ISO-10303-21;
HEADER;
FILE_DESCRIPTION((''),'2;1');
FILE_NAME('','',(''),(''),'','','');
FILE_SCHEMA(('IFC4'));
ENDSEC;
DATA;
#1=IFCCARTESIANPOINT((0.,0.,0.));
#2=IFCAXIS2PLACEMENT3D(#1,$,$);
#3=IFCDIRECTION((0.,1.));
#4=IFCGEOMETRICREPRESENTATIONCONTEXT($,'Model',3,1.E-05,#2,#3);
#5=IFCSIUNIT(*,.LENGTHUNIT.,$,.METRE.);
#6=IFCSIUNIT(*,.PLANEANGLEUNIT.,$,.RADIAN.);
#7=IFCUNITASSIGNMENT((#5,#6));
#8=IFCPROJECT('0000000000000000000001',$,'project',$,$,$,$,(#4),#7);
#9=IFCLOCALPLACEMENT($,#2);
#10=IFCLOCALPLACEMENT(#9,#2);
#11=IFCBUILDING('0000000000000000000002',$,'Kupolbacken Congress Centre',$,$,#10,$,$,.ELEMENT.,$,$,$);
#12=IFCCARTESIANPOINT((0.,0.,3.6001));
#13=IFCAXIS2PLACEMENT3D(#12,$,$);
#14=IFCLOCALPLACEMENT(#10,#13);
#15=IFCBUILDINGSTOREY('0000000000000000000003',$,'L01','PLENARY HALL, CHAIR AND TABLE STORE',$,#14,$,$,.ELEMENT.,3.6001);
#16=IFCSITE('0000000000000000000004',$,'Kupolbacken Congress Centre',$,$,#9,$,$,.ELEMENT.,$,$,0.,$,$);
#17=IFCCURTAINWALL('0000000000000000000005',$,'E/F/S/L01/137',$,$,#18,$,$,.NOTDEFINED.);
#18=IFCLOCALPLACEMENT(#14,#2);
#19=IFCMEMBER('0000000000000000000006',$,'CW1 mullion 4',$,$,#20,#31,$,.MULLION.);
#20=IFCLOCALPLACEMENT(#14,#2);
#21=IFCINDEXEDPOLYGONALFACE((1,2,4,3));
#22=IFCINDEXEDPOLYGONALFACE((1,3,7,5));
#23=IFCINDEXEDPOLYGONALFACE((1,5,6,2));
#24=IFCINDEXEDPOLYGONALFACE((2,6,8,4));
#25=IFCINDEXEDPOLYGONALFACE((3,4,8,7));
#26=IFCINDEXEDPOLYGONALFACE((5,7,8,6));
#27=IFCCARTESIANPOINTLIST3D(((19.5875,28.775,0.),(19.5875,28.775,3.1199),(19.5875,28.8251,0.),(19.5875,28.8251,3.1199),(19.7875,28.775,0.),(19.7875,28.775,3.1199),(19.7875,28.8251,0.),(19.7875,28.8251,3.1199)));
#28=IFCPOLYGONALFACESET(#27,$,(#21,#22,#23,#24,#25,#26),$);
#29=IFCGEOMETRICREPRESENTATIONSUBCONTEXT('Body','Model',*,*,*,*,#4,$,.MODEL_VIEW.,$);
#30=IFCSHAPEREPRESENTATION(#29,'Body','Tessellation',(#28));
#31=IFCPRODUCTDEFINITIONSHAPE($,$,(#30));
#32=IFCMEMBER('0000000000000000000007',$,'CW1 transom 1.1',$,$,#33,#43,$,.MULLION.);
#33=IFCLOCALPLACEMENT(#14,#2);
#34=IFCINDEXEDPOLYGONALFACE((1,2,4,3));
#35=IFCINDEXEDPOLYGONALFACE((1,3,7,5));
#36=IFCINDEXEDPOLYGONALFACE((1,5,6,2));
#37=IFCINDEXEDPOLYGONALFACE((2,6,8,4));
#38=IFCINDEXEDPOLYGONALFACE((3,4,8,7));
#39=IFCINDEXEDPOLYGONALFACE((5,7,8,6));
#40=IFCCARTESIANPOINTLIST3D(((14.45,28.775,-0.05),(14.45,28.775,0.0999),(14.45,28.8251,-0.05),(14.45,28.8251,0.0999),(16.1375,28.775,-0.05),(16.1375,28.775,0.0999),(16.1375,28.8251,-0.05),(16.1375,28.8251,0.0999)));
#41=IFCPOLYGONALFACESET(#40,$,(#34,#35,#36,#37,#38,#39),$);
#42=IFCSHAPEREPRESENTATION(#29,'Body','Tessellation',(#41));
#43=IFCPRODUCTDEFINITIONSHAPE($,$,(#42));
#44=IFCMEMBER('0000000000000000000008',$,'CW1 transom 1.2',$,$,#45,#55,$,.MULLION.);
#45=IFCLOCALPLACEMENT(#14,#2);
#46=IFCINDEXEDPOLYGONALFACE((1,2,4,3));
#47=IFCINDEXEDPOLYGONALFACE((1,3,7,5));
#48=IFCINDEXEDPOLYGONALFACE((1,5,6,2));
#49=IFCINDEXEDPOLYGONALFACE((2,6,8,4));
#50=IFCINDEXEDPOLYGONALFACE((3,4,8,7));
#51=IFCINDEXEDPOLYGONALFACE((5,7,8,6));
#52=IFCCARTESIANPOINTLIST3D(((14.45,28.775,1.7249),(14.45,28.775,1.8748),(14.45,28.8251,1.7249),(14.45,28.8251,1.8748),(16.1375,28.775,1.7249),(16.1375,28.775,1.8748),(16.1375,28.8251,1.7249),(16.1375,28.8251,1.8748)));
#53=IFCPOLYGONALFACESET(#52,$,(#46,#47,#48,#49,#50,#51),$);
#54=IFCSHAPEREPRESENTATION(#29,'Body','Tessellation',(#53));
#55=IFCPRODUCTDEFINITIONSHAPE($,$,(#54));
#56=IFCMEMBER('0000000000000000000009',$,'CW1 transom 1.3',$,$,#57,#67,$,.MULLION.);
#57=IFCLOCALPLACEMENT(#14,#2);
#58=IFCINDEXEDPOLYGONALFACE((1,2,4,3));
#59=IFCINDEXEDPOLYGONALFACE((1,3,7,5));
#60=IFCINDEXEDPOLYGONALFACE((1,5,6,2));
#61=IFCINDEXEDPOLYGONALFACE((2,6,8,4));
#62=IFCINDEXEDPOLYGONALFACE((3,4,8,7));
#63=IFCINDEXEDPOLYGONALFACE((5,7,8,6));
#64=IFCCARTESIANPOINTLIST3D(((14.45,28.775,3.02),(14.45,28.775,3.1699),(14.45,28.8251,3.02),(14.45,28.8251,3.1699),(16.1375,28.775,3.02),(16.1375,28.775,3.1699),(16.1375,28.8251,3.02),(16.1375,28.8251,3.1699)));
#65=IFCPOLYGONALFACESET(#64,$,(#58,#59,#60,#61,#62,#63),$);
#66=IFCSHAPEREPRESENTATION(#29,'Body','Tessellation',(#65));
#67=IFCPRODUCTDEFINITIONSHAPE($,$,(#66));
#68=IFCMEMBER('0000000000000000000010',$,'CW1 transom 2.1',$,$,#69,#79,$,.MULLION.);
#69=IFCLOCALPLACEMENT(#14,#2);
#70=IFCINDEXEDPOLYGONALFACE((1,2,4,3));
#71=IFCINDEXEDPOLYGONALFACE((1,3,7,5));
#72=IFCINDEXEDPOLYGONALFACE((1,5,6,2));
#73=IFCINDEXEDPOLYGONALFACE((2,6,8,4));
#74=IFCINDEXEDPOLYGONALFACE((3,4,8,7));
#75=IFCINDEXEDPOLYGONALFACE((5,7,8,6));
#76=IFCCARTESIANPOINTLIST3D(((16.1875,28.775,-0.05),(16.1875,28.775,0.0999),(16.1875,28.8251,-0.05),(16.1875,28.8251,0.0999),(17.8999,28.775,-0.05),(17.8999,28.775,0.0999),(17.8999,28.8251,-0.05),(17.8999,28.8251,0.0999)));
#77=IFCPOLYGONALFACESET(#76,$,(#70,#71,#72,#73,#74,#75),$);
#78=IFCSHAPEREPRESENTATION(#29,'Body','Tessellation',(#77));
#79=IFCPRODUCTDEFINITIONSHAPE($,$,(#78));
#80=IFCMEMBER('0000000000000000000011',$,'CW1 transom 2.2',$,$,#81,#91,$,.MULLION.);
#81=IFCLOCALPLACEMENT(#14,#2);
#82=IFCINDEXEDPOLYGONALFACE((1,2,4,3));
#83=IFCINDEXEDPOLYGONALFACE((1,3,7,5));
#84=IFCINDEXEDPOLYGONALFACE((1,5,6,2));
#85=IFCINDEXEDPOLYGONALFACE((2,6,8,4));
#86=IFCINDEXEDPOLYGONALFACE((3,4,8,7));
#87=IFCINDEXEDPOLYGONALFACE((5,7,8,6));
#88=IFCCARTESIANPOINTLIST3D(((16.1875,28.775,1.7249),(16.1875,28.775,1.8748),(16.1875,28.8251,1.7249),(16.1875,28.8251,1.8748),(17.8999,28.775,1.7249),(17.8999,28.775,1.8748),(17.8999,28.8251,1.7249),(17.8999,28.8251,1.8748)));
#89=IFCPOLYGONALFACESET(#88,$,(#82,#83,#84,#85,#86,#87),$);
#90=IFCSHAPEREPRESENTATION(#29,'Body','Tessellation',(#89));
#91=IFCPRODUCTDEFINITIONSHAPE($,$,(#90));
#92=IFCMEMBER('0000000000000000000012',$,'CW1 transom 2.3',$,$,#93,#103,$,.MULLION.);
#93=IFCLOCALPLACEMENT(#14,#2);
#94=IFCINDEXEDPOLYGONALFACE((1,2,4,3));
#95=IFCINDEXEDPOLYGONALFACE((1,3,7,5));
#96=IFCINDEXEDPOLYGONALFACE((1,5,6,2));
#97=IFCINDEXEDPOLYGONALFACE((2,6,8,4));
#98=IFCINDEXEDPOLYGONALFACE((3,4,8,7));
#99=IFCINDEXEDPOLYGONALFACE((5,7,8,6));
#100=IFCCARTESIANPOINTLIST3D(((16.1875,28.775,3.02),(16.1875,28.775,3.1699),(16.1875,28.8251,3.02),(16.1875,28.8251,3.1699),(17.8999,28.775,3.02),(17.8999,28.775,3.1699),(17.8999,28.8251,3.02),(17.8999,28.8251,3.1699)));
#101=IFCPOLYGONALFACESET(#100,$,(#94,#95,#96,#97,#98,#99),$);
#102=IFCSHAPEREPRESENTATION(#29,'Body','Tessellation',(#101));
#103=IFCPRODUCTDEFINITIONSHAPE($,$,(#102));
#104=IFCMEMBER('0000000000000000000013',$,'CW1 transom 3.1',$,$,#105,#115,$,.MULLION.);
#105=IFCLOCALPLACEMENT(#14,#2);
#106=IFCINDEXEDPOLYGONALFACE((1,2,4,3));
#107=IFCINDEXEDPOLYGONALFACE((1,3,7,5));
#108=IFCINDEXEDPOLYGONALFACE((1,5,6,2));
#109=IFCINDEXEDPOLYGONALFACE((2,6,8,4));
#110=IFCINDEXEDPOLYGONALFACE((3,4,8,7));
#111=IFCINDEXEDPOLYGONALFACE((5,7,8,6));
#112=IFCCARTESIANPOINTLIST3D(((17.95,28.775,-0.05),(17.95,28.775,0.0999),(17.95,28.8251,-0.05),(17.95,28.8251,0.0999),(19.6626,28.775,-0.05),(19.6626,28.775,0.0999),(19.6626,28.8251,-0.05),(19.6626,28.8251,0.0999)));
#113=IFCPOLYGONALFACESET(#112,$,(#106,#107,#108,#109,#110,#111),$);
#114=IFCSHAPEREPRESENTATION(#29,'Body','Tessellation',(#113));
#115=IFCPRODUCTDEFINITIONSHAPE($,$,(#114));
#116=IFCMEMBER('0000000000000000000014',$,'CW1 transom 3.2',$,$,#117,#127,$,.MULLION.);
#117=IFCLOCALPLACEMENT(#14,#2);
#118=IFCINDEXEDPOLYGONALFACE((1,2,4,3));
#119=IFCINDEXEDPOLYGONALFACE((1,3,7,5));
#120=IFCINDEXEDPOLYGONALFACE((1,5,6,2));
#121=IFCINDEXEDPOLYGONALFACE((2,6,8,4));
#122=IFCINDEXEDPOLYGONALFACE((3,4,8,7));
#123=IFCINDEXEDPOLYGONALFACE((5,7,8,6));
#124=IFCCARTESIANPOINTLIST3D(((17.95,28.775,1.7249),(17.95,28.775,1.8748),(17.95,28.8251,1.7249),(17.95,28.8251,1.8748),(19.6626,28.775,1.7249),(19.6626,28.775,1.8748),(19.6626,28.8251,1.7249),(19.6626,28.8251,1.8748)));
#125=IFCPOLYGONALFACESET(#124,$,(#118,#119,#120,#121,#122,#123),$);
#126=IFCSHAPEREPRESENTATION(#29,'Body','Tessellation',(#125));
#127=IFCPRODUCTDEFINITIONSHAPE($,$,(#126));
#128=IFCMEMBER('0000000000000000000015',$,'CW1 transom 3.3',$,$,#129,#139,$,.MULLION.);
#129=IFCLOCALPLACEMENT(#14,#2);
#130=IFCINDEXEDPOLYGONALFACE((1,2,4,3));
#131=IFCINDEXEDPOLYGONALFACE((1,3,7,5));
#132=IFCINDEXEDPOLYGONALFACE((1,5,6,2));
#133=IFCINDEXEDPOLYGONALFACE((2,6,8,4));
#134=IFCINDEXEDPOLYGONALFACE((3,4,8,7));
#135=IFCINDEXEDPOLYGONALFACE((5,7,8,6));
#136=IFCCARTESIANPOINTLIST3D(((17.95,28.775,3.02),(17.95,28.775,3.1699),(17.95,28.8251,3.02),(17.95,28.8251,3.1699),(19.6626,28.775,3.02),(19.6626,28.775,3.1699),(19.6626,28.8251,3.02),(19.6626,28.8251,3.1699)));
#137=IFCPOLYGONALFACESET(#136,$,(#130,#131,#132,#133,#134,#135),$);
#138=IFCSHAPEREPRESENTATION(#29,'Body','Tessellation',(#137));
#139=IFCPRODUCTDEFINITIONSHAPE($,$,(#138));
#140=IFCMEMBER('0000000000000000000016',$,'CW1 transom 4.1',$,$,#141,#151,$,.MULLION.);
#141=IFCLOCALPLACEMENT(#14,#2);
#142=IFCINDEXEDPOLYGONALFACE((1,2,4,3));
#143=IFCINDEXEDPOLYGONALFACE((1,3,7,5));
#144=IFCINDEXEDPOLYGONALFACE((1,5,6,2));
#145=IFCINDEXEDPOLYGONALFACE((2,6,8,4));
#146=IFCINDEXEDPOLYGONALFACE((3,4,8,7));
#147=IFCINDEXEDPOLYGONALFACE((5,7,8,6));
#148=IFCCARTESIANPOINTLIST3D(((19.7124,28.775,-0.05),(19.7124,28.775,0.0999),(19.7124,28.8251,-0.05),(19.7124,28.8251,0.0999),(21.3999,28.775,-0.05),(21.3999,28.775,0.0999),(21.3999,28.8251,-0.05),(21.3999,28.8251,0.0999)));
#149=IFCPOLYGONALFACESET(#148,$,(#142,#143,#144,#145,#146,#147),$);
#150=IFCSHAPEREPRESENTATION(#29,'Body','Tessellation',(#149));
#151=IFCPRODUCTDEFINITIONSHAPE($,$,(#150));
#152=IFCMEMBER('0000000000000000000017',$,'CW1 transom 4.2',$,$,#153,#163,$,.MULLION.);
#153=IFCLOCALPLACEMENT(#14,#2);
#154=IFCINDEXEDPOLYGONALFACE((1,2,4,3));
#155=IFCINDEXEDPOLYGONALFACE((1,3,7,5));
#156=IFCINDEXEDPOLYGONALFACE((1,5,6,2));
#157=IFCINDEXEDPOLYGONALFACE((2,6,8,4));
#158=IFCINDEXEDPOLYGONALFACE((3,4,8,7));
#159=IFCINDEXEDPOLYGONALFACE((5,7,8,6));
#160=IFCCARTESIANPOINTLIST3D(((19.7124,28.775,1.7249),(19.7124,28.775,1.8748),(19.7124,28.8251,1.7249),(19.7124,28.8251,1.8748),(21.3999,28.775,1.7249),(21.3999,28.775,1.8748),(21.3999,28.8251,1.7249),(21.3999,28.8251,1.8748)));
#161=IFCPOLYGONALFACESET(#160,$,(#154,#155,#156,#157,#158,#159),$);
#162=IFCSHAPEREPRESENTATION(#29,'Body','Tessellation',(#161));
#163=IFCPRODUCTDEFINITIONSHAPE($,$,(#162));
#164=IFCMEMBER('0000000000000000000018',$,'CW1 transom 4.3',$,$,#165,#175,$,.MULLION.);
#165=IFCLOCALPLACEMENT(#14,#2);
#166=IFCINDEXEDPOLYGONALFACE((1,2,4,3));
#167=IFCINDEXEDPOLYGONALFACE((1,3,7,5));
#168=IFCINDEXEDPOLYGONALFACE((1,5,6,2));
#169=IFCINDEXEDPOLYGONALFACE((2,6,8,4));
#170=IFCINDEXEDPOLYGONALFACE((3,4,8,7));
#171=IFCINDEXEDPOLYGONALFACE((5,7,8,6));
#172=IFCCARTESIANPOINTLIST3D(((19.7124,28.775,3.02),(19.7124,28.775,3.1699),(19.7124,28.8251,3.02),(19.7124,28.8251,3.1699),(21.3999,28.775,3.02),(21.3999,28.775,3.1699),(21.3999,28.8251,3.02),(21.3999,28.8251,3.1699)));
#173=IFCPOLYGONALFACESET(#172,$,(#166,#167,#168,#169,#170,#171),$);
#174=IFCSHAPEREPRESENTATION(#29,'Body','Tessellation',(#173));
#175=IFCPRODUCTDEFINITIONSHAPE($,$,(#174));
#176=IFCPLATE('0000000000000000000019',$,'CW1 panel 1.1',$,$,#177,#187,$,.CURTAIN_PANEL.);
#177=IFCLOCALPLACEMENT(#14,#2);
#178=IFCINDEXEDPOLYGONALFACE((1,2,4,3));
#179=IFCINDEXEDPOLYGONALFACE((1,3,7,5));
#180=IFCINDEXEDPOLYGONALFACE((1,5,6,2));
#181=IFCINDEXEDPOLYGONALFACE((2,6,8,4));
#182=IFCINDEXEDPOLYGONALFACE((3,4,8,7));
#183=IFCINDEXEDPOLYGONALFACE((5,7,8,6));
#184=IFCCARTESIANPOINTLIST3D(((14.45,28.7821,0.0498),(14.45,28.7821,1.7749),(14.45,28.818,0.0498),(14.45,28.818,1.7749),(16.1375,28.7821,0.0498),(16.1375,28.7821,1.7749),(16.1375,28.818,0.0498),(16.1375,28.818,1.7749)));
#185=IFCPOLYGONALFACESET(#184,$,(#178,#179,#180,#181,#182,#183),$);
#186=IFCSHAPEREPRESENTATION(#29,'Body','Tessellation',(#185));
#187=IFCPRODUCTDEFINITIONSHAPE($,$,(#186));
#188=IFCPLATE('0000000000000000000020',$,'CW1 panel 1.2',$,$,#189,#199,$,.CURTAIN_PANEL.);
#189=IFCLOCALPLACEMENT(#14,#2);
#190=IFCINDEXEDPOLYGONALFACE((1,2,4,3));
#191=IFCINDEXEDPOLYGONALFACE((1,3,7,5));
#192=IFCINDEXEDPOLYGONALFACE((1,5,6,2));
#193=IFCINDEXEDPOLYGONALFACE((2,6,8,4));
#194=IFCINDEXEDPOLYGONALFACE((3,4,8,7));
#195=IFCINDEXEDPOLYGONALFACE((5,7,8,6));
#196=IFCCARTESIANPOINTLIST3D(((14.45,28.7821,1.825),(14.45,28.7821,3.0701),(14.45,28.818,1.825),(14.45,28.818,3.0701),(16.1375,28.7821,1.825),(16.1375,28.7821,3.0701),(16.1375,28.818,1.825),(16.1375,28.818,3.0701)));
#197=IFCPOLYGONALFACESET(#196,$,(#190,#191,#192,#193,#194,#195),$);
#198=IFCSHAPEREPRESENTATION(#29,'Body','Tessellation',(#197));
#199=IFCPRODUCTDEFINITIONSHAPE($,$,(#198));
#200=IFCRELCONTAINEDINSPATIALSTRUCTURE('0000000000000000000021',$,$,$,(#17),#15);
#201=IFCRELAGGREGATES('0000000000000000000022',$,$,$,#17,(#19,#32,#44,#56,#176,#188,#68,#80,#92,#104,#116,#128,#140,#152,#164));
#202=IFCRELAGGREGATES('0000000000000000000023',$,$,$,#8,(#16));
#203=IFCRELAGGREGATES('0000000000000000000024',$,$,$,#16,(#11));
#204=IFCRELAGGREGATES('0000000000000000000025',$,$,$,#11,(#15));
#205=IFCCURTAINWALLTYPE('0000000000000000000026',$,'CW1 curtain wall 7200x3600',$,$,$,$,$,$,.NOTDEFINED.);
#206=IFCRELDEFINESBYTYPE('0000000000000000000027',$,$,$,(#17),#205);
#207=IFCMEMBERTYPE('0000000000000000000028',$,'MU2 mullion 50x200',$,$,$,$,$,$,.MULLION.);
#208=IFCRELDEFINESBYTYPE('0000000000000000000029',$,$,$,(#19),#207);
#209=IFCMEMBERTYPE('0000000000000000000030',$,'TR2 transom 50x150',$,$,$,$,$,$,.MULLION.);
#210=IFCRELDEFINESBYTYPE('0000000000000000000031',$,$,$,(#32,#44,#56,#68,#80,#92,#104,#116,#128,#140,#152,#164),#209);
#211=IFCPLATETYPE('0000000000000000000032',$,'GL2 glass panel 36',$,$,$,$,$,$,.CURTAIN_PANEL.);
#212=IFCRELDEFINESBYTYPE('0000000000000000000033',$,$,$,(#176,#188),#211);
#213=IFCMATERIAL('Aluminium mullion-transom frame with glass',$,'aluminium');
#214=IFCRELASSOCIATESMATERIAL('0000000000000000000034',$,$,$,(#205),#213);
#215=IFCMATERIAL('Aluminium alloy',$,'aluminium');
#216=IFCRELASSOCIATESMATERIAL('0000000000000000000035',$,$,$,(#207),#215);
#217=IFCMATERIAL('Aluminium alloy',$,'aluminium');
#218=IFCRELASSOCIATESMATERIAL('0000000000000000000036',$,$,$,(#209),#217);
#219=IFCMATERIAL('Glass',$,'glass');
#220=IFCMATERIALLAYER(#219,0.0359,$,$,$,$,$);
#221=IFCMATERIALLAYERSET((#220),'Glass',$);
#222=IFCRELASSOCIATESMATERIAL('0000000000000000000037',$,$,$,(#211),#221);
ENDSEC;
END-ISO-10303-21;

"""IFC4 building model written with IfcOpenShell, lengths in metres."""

from ifc_helpers import new_model, si_unit, direction, frame, origin, origin_2d, place, context, subcontext, project, spatial, rectangle, extrude, material, layer, layer_set, material_profile, profile_set, type_object, element, aggregate, save


model = new_model("IFC4")

# Units and contexts
model_context = context("Model", 3, precision=1e-05, world=origin(), true_north=direction((0.0, 1.0)))
body_context = subcontext(model_context, "Body", "Model", "MODEL_VIEW")
ifc_project = project(units=[si_unit("LENGTHUNIT", "METRE"), si_unit("PLANEANGLEUNIT", "RADIAN")], contexts=[model_context])

# Site, building, storey
site_placement = place(None, origin())
site = spatial("IfcSite", under=ifc_project, at=site_placement, Name="Kupolbacken Congress Centre", CompositionType="ELEMENT", RefElevation=0.0)
building_placement = place(site_placement, origin())
building = spatial("IfcBuilding", under=site, at=building_placement, Name="Kupolbacken Congress Centre", CompositionType="ELEMENT")
storey_placement = place(building_placement, frame((0.0, 0.0, 3.6001)))
storey = spatial("IfcBuildingStorey", under=building, at=storey_placement, Name="L01", Description="PLENARY HALL, CHAIR AND TABLE STORE", CompositionType="ELEMENT", Elevation=3.6001)

# Curtain wall, members, plates
ifc_material_1 = material(Name="Aluminium mullion-transom frame with glass", Category="aluminium")
curtain_wall_type = type_object("IfcCurtainWallType", Name="CW1 curtain wall 7200x3600", PredefinedType="NOTDEFINED", material=ifc_material_1)
curtain_wall_placement = place(storey_placement, origin())
curtain_wall = element("IfcCurtainWall", 1, at=curtain_wall_placement, inside=storey, type_object=curtain_wall_type, Name="E/F/S/L01/137", PredefinedType="NOTDEFINED")
ifc_material_2 = material(Name="Aluminium alloy", Category="aluminium")
ifc_material_profile_1 = material_profile(ifc_material_2, rectangle(XDim=0.05, YDim=0.2, at=origin_2d()), Name="50 x 200")
ifc_profile_set_1 = profile_set([ifc_material_profile_1], Name="Aluminium alloy")
member_type_1 = type_object("IfcMemberType", Name="MU2 mullion 50x200", PredefinedType="MULLION", material=ifc_profile_set_1)
member_1_placement = place(storey_placement, frame((19.6875, 28.8, 0.0), z_axis=(0.0, 0.0, 1.0), x_axis=(0.0, 1.0, 0.0)))
member_1 = element("IfcMember", 2, at=member_1_placement, type_object=member_type_1, Name="CW1 mullion 4", PredefinedType="MULLION", context=body_context, shape_type="SweptSolid", body=[
    extrude(rectangle(XDim=0.05, YDim=0.2, at=origin_2d()), origin(), (0.0, 0.0, 1.0), 3.1199),
])
ifc_material_3 = material(Name="Aluminium alloy", Category="aluminium")
ifc_material_profile_2 = material_profile(ifc_material_3, rectangle(XDim=0.05, YDim=0.1499, at=origin_2d()), Name="50 x 150")
ifc_profile_set_2 = profile_set([ifc_material_profile_2], Name="Aluminium alloy")
member_type_2 = type_object("IfcMemberType", Name="TR2 transom 50x150", PredefinedType="MULLION", material=ifc_profile_set_2)
member_2_placement = place(storey_placement, frame((14.45, 28.8, 0.0249), z_axis=(1.0, 0.0, 0.0), x_axis=(0.0, 1.0, 0.0)))
member_2 = element("IfcMember", 3, at=member_2_placement, type_object=member_type_2, Name="CW1 transom 1.1", PredefinedType="MULLION", context=body_context, shape_type="SweptSolid", body=[
    extrude(rectangle(XDim=0.05, YDim=0.1499, at=origin_2d()), origin(), (0.0, 0.0, 1.0), 1.6875),
])
member_3_placement = place(storey_placement, frame((14.45, 28.8, 1.7998), z_axis=(1.0, 0.0, 0.0), x_axis=(0.0, 1.0, 0.0)))
member_3 = element("IfcMember", 4, at=member_3_placement, type_object=member_type_2, Name="CW1 transom 1.2", PredefinedType="MULLION", context=body_context, shape_type="SweptSolid", body=[
    extrude(rectangle(XDim=0.05, YDim=0.1499, at=origin_2d()), origin(), (0.0, 0.0, 1.0), 1.6875),
])
member_4_placement = place(storey_placement, frame((14.45, 28.8, 3.095), z_axis=(1.0, 0.0, 0.0), x_axis=(0.0, 1.0, 0.0)))
member_4 = element("IfcMember", 5, at=member_4_placement, type_object=member_type_2, Name="CW1 transom 1.3", PredefinedType="MULLION", context=body_context, shape_type="SweptSolid", body=[
    extrude(rectangle(XDim=0.05, YDim=0.1499, at=origin_2d()), origin(), (0.0, 0.0, 1.0), 1.6875),
])
member_5_placement = place(storey_placement, frame((16.1875, 28.8, 0.0249), z_axis=(1.0, 0.0, 0.0), x_axis=(0.0, 1.0, 0.0)))
member_5 = element("IfcMember", 6, at=member_5_placement, type_object=member_type_2, Name="CW1 transom 2.1", PredefinedType="MULLION", context=body_context, shape_type="SweptSolid", body=[
    extrude(rectangle(XDim=0.05, YDim=0.1499, at=origin_2d()), origin(), (0.0, 0.0, 1.0), 1.7124),
])
member_6_placement = place(storey_placement, frame((16.1875, 28.8, 1.7998), z_axis=(1.0, 0.0, 0.0), x_axis=(0.0, 1.0, 0.0)))
member_6 = element("IfcMember", 7, at=member_6_placement, type_object=member_type_2, Name="CW1 transom 2.2", PredefinedType="MULLION", context=body_context, shape_type="SweptSolid", body=[
    extrude(rectangle(XDim=0.05, YDim=0.1499, at=origin_2d()), origin(), (0.0, 0.0, 1.0), 1.7124),
])
member_7_placement = place(storey_placement, frame((16.1875, 28.8, 3.095), z_axis=(1.0, 0.0, 0.0), x_axis=(0.0, 1.0, 0.0)))
member_7 = element("IfcMember", 8, at=member_7_placement, type_object=member_type_2, Name="CW1 transom 2.3", PredefinedType="MULLION", context=body_context, shape_type="SweptSolid", body=[
    extrude(rectangle(XDim=0.05, YDim=0.1499, at=origin_2d()), origin(), (0.0, 0.0, 1.0), 1.7124),
])
member_8_placement = place(storey_placement, frame((17.95, 28.8, 0.0249), z_axis=(1.0, 0.0, 0.0), x_axis=(0.0, 1.0, 0.0)))
member_8 = element("IfcMember", 9, at=member_8_placement, type_object=member_type_2, Name="CW1 transom 3.1", PredefinedType="MULLION", context=body_context, shape_type="SweptSolid", body=[
    extrude(rectangle(XDim=0.05, YDim=0.1499, at=origin_2d()), origin(), (0.0, 0.0, 1.0), 1.7126),
])
member_9_placement = place(storey_placement, frame((17.95, 28.8, 1.7998), z_axis=(1.0, 0.0, 0.0), x_axis=(0.0, 1.0, 0.0)))
member_9 = element("IfcMember", 10, at=member_9_placement, type_object=member_type_2, Name="CW1 transom 3.2", PredefinedType="MULLION", context=body_context, shape_type="SweptSolid", body=[
    extrude(rectangle(XDim=0.05, YDim=0.1499, at=origin_2d()), origin(), (0.0, 0.0, 1.0), 1.7126),
])
member_10_placement = place(storey_placement, frame((17.95, 28.8, 3.095), z_axis=(1.0, 0.0, 0.0), x_axis=(0.0, 1.0, 0.0)))
member_10 = element("IfcMember", 11, at=member_10_placement, type_object=member_type_2, Name="CW1 transom 3.3", PredefinedType="MULLION", context=body_context, shape_type="SweptSolid", body=[
    extrude(rectangle(XDim=0.05, YDim=0.1499, at=origin_2d()), origin(), (0.0, 0.0, 1.0), 1.7126),
])
member_11_placement = place(storey_placement, frame((19.7124, 28.8, 0.0249), z_axis=(1.0, 0.0, 0.0), x_axis=(0.0, 1.0, 0.0)))
member_11 = element("IfcMember", 12, at=member_11_placement, type_object=member_type_2, Name="CW1 transom 4.1", PredefinedType="MULLION", context=body_context, shape_type="SweptSolid", body=[
    extrude(rectangle(XDim=0.05, YDim=0.1499, at=origin_2d()), origin(), (0.0, 0.0, 1.0), 1.6875),
])
member_12_placement = place(storey_placement, frame((19.7124, 28.8, 1.7998), z_axis=(1.0, 0.0, 0.0), x_axis=(0.0, 1.0, 0.0)))
member_12 = element("IfcMember", 13, at=member_12_placement, type_object=member_type_2, Name="CW1 transom 4.2", PredefinedType="MULLION", context=body_context, shape_type="SweptSolid", body=[
    extrude(rectangle(XDim=0.05, YDim=0.1499, at=origin_2d()), origin(), (0.0, 0.0, 1.0), 1.6875),
])
member_13_placement = place(storey_placement, frame((19.7124, 28.8, 3.095), z_axis=(1.0, 0.0, 0.0), x_axis=(0.0, 1.0, 0.0)))
member_13 = element("IfcMember", 14, at=member_13_placement, type_object=member_type_2, Name="CW1 transom 4.3", PredefinedType="MULLION", context=body_context, shape_type="SweptSolid", body=[
    extrude(rectangle(XDim=0.05, YDim=0.1499, at=origin_2d()), origin(), (0.0, 0.0, 1.0), 1.6875),
])
ifc_material_4 = material(Name="Glass", Category="glass")
ifc_layer_1 = layer(ifc_material_4, 0.0359)
ifc_layer_set_1 = layer_set([ifc_layer_1], Name="Glass")
plate_type = type_object("IfcPlateType", Name="GL2 glass panel 36", PredefinedType="CURTAIN_PANEL", material=ifc_layer_set_1)
plate_1_placement = place(storey_placement, frame((15.2937, 28.8, 0.0498), z_axis=(0.0, 0.0, 1.0), x_axis=(1.0, 0.0, 0.0)))
plate_1 = element("IfcPlate", 15, at=plate_1_placement, type_object=plate_type, Name="CW1 panel 1.1", PredefinedType="CURTAIN_PANEL", context=body_context, shape_type="SweptSolid", body=[
    extrude(rectangle(XDim=1.6875, YDim=0.0359, at=origin_2d()), origin(), (0.0, 0.0, 1.0), 1.7251),
])
plate_2_placement = place(storey_placement, frame((15.2937, 28.8, 1.825), z_axis=(0.0, 0.0, 1.0), x_axis=(1.0, 0.0, 0.0)))
plate_2 = element("IfcPlate", 16, at=plate_2_placement, type_object=plate_type, Name="CW1 panel 1.2", PredefinedType="CURTAIN_PANEL", context=body_context, shape_type="SweptSolid", body=[
    extrude(rectangle(XDim=1.6875, YDim=0.0359, at=origin_2d()), origin(), (0.0, 0.0, 1.0), 1.2451),
])
aggregate(curtain_wall, [member_1, member_2, member_3, member_4, plate_1, plate_2, member_5, member_6, member_7, member_8, member_9, member_10, member_11, member_12, member_13])

save(model, "model.ifc")
